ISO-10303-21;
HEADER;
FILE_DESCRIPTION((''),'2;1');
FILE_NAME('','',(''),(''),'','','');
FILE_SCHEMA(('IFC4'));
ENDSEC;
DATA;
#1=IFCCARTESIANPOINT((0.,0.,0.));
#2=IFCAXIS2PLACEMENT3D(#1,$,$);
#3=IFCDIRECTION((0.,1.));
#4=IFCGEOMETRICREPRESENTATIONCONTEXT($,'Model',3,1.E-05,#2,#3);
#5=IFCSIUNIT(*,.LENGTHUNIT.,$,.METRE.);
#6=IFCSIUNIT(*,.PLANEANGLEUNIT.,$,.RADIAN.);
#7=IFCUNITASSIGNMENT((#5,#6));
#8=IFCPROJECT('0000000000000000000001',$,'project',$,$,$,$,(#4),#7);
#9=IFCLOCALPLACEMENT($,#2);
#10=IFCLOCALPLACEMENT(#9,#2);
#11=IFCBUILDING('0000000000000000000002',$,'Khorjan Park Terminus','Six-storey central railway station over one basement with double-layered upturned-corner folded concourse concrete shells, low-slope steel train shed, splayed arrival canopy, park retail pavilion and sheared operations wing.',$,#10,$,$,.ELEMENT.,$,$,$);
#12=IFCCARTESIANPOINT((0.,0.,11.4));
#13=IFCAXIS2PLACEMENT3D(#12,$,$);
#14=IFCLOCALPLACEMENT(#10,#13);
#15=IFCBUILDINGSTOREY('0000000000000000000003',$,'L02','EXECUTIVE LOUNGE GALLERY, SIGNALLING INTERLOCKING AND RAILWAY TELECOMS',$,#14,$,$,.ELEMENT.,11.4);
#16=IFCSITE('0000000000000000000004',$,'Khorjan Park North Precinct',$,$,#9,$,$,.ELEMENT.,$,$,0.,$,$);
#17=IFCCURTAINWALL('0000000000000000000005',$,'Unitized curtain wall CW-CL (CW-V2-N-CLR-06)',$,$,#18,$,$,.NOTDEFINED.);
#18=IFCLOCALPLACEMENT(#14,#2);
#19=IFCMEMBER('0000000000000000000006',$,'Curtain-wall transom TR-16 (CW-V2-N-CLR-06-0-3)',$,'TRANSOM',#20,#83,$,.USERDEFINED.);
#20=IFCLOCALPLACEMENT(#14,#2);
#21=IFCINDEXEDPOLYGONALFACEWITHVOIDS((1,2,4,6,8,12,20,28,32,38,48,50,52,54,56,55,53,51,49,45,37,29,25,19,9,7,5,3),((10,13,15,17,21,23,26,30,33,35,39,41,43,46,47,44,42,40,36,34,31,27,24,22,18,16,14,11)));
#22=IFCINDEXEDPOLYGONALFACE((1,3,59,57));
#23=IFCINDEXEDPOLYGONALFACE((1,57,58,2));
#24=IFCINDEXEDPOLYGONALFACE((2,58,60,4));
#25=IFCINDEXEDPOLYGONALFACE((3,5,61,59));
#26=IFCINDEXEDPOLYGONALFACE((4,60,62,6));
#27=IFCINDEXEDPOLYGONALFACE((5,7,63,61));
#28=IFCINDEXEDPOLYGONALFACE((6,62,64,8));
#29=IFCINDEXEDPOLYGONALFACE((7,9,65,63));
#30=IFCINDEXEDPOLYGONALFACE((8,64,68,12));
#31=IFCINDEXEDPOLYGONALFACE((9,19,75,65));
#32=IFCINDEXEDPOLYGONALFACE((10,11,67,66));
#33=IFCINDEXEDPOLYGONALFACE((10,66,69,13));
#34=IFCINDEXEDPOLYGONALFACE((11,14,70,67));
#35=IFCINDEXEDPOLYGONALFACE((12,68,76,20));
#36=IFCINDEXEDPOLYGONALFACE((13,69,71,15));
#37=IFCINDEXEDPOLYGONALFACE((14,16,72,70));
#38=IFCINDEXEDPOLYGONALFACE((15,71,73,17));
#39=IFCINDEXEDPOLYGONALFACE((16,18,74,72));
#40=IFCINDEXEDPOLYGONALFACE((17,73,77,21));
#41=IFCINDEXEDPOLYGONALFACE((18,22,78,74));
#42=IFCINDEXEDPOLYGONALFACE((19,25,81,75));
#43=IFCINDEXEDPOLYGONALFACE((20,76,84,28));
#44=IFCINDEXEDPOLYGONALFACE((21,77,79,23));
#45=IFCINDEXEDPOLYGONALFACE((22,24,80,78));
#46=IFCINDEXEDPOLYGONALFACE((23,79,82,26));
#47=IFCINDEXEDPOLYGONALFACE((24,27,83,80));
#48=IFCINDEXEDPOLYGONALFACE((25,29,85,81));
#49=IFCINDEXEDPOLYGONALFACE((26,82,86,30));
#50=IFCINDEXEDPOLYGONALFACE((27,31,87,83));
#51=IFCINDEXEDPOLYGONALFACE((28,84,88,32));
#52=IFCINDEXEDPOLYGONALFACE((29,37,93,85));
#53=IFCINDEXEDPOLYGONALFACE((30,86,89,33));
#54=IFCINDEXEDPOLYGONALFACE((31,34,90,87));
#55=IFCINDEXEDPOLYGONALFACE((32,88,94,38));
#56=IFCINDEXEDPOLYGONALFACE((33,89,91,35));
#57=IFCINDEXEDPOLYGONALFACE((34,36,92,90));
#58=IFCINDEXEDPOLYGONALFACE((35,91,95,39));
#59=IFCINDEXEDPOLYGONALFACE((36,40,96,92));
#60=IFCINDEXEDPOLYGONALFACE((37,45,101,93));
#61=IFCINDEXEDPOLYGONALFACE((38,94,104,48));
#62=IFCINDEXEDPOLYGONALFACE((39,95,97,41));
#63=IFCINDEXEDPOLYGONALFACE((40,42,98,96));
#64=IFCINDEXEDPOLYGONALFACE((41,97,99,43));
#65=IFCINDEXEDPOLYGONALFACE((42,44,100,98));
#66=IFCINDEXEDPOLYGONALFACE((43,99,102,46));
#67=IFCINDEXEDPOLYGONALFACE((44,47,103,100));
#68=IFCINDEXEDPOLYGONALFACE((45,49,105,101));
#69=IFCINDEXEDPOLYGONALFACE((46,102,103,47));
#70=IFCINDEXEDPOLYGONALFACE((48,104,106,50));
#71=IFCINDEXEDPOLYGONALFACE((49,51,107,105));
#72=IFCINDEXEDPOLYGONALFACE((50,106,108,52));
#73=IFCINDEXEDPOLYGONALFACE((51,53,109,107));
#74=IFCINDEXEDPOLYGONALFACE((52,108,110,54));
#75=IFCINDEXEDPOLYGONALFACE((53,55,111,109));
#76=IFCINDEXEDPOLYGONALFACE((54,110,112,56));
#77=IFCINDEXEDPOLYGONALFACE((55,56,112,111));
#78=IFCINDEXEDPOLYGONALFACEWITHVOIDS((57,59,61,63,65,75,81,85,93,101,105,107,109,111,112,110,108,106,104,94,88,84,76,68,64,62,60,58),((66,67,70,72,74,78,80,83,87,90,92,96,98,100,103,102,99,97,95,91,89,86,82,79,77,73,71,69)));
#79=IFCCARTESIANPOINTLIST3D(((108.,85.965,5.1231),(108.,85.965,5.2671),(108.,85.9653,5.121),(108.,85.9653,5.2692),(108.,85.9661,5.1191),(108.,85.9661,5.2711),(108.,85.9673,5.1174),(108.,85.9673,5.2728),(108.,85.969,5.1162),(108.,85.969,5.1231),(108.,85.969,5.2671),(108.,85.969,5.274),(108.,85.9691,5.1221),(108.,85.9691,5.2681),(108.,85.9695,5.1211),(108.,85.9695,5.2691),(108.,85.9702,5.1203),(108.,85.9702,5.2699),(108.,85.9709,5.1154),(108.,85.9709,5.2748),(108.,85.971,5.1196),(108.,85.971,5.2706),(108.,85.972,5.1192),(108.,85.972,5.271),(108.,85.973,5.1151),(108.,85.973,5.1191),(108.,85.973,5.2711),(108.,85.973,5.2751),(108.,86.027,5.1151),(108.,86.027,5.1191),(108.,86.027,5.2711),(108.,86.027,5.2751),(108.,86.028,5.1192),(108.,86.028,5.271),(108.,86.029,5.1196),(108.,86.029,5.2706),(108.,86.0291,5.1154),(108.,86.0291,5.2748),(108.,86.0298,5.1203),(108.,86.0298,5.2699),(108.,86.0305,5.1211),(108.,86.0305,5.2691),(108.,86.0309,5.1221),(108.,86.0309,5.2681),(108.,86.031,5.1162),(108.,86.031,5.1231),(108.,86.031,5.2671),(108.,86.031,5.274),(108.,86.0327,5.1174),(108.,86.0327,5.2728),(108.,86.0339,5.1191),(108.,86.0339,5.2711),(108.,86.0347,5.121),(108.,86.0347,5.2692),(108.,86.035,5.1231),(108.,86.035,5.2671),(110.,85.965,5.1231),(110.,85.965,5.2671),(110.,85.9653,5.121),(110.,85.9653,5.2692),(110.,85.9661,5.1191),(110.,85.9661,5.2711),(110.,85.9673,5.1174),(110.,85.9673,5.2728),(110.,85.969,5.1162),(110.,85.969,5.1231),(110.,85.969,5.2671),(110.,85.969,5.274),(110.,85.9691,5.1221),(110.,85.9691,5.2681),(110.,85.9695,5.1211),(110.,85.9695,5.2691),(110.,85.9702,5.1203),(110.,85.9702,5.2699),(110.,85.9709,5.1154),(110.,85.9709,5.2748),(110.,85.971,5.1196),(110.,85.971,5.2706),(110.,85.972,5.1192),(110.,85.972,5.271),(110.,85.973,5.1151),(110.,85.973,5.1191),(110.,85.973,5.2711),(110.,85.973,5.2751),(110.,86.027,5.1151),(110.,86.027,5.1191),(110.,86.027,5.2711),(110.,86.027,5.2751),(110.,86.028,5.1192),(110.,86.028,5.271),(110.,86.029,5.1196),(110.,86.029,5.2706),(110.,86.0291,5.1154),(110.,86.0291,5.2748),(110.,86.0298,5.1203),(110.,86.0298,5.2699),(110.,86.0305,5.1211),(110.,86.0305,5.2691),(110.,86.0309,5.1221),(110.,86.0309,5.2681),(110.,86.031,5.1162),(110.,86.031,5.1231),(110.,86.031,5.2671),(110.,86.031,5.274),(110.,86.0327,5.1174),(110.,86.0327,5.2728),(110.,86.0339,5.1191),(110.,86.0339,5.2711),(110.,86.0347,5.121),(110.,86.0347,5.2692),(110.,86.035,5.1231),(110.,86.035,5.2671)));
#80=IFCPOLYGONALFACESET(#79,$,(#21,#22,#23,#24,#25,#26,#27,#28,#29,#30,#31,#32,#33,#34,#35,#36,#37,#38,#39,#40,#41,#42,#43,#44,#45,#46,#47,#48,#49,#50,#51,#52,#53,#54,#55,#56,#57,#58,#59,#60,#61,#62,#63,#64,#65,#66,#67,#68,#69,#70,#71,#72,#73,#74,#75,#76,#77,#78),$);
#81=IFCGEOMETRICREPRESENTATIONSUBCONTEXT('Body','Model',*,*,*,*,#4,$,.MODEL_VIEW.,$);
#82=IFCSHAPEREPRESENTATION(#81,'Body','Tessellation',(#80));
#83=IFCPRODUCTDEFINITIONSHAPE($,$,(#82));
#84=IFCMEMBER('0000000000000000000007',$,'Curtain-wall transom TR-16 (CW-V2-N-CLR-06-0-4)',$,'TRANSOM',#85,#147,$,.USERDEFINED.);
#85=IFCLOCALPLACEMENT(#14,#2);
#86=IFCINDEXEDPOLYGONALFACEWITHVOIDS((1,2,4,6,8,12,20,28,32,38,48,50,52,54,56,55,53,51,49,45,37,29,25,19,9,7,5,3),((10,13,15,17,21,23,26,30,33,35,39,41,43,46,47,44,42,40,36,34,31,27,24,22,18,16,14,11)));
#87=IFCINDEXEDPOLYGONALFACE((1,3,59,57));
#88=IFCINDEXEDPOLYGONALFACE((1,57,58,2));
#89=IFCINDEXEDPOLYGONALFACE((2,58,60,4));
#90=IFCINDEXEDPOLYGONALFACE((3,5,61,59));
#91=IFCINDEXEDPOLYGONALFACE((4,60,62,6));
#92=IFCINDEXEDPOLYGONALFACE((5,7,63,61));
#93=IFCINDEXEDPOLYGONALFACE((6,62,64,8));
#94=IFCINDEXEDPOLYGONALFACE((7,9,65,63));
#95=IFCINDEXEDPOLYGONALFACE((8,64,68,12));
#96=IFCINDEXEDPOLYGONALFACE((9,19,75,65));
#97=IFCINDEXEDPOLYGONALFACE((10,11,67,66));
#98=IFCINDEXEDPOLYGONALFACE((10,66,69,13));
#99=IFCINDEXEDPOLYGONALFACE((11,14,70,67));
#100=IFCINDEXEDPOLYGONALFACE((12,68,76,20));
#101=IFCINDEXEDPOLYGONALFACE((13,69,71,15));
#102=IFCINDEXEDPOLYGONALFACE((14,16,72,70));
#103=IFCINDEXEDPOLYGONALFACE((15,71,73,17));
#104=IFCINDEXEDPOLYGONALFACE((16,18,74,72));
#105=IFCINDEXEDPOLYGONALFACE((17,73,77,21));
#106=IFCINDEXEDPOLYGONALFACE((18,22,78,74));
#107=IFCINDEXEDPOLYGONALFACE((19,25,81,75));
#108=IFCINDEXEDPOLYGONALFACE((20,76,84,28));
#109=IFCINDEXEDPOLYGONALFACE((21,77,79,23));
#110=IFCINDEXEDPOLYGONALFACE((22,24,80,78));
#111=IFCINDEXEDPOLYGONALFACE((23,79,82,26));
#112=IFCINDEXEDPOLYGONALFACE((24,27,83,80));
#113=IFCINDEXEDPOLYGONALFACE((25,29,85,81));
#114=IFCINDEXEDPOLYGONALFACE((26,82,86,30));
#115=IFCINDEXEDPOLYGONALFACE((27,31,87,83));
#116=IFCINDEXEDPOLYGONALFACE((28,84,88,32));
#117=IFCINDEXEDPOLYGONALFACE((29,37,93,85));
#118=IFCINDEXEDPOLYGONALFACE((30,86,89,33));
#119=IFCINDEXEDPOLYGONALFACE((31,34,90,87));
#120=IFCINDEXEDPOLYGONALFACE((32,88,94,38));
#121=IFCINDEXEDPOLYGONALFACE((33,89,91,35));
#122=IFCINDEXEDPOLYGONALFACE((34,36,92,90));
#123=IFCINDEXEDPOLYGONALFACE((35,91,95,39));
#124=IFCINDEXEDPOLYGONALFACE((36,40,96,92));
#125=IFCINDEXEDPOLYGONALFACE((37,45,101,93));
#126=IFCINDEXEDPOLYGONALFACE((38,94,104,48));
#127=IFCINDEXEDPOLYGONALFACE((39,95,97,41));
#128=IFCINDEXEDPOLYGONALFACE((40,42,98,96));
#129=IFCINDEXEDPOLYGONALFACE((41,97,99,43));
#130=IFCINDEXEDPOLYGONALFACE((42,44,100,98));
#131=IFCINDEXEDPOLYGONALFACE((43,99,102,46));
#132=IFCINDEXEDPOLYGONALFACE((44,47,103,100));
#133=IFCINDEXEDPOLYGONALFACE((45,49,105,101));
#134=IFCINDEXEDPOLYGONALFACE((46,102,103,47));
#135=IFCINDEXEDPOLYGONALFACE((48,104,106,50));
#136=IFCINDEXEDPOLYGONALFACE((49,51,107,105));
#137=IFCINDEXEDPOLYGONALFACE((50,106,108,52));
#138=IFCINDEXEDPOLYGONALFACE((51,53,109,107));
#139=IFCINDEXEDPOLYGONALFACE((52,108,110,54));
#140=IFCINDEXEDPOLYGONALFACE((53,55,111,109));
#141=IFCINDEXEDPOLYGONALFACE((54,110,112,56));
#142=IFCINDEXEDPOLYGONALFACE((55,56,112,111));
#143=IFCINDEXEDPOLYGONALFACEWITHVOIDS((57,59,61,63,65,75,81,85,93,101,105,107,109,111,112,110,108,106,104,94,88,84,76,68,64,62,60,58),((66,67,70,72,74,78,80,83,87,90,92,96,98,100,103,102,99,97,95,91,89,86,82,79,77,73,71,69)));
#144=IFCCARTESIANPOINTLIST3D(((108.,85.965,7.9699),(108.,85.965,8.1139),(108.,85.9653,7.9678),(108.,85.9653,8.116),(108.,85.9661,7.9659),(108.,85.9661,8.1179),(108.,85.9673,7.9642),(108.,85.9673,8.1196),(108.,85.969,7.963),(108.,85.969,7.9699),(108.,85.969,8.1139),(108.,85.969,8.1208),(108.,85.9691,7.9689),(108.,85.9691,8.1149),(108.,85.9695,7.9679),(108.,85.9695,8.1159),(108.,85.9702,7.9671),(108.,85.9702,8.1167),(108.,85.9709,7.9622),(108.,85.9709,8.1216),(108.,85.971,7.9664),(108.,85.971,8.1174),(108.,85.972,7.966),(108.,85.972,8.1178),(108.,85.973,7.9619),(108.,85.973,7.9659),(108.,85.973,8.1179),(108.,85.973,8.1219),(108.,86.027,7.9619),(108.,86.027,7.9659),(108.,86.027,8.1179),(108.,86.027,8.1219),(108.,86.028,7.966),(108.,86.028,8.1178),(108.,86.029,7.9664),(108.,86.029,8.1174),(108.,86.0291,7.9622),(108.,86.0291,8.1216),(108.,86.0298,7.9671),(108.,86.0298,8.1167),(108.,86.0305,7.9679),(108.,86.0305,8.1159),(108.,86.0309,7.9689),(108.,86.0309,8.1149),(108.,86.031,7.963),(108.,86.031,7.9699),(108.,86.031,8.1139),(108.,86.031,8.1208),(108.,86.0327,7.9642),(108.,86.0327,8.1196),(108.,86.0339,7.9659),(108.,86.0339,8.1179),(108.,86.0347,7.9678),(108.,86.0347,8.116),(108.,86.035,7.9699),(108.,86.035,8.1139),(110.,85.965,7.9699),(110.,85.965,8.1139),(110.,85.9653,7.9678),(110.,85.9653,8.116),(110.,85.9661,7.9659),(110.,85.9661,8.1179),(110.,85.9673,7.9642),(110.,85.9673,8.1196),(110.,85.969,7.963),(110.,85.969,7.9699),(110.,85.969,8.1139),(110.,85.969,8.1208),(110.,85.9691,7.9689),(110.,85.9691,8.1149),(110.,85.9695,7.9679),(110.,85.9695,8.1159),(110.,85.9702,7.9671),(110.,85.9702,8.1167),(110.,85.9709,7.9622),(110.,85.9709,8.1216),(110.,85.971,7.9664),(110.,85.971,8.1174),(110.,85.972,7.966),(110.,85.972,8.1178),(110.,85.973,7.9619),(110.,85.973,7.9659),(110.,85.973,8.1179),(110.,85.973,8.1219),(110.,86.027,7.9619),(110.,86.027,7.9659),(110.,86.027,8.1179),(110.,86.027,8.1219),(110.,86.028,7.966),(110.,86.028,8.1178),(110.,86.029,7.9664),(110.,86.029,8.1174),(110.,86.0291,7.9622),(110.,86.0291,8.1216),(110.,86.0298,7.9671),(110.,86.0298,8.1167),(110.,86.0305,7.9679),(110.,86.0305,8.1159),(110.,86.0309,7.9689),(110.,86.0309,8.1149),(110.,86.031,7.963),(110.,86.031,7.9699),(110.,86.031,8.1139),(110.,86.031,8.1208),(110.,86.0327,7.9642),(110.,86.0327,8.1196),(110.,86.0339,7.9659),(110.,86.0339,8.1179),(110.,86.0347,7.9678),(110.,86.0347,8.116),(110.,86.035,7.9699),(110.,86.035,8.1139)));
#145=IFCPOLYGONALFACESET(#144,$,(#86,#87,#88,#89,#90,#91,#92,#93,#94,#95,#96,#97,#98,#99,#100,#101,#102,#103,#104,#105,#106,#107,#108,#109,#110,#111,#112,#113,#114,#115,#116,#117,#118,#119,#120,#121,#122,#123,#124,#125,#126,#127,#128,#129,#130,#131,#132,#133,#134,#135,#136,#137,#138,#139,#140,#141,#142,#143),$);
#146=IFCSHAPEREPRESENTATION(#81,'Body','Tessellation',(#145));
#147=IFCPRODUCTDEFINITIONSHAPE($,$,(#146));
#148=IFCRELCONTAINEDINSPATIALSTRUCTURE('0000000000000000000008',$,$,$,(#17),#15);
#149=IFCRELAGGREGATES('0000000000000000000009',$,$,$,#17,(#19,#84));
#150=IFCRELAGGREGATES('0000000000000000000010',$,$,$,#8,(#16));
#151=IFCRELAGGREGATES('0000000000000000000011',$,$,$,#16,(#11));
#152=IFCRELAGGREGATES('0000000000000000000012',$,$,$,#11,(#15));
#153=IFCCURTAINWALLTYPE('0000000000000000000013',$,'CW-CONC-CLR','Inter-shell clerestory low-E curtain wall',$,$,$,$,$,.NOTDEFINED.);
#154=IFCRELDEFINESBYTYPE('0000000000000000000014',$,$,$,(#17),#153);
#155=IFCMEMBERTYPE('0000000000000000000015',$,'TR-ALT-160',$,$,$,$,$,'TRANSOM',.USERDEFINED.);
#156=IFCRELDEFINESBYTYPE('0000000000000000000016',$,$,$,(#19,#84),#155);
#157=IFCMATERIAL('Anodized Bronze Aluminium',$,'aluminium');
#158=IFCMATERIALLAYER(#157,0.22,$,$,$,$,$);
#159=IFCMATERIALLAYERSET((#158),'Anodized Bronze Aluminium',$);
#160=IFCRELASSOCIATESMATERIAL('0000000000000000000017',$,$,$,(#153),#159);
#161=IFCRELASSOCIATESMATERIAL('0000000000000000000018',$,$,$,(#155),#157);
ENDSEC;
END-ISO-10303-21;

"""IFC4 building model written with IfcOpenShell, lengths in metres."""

from ifc_helpers import new_model, si_unit, direction, frame, origin, origin_2d, place, context, subcontext, project, spatial, hollow_rectangle, extrude, material, layer, layer_set, material_profile, profile_set, type_object, element, aggregate, save


model = new_model("IFC4")

# Units and contexts
model_context = context("Model", 3, precision=1e-05, world=origin(), true_north=direction((0.0, 1.0)))
body_context = subcontext(model_context, "Body", "Model", "MODEL_VIEW")
ifc_project = project(units=[si_unit("LENGTHUNIT", "METRE"), si_unit("PLANEANGLEUNIT", "RADIAN")], contexts=[model_context])

# Site, building, storey
site_placement = place(None, origin())
site = spatial("IfcSite", under=ifc_project, at=site_placement, Name="Khorjan Park North Precinct", CompositionType="ELEMENT", RefElevation=0.0)
building_placement = place(site_placement, origin())
building = spatial("IfcBuilding", under=site, at=building_placement, Name="Khorjan Park Terminus", Description="Six-storey central railway station over one basement with double-layered upturned-corner folded concourse concrete shells, low-slope steel train shed, splayed arrival canopy, park retail pavilion and sheared operations wing.", CompositionType="ELEMENT")
storey_placement = place(building_placement, frame((0.0, 0.0, 11.4)))
storey = spatial("IfcBuildingStorey", under=building, at=storey_placement, Name="L02", Description="EXECUTIVE LOUNGE GALLERY, SIGNALLING INTERLOCKING AND RAILWAY TELECOMS", CompositionType="ELEMENT", Elevation=11.4)

# Curtain wall
ifc_material_1 = material(Name="Anodized Bronze Aluminium", Category="aluminium")
ifc_layer_1 = layer(ifc_material_1, 0.22)
ifc_layer_set_1 = layer_set([ifc_layer_1], Name="Anodized Bronze Aluminium")
curtain_wall_type = type_object("IfcCurtainWallType", Name="CW-CONC-CLR", Description="Inter-shell clerestory low-E curtain wall", PredefinedType="NOTDEFINED", material=ifc_layer_set_1)
curtain_wall_1_placement = place(storey_placement, origin())
curtain_wall_1 = element("IfcCurtainWall", 1, at=curtain_wall_1_placement, inside=storey, type_object=curtain_wall_type, Name="Unitized curtain wall CW-CL (CW-V2-N-CLR-06)", PredefinedType="NOTDEFINED")

# Members
ifc_material_profile_1 = material_profile(ifc_material_1, hollow_rectangle(XDim=0.07, YDim=0.16, WallThickness=0.004, InnerFilletRadius=0.004, OuterFilletRadius=0.008, at=origin_2d()), Name="ALT 70x160x4")
ifc_profile_set_1 = profile_set([ifc_material_profile_1], Name="Anodized Bronze Aluminium")
member_type_1 = type_object("IfcMemberType", Name="TR-ALT-160", ElementType="TRANSOM", PredefinedType="USERDEFINED", material=ifc_profile_set_1)
member_1_placement = place(storey_placement, frame((110.0, 86.0, 5.1951), z_axis=(-1.0, 0.0, 0.0), x_axis=(0.0, -1.0, 0.0)))
member_1 = element("IfcMember", 2, at=member_1_placement, type_object=member_type_1, Name="Curtain-wall transom TR-16 (CW-V2-N-CLR-06-0-3)", ObjectType="TRANSOM", PredefinedType="USERDEFINED", context=body_context, shape_type="SweptSolid", body=[
    extrude(hollow_rectangle(XDim=0.07, YDim=0.16, WallThickness=0.004, InnerFilletRadius=0.004, OuterFilletRadius=0.008, at=origin_2d()), origin(), (0.0, 0.0, 1.0), 2.0),
])
member_2_placement = place(storey_placement, frame((110.0, 86.0, 8.0419), z_axis=(-1.0, 0.0, 0.0), x_axis=(0.0, -1.0, 0.0)))
member_2 = element("IfcMember", 3, at=member_2_placement, type_object=member_type_1, Name="Curtain-wall transom TR-16 (CW-V2-N-CLR-06-0-4)", ObjectType="TRANSOM", PredefinedType="USERDEFINED", context=body_context, shape_type="SweptSolid", body=[
    extrude(hollow_rectangle(XDim=0.07, YDim=0.16, WallThickness=0.004, InnerFilletRadius=0.004, OuterFilletRadius=0.008, at=origin_2d()), origin(), (0.0, 0.0, 1.0), 2.0),
])

aggregate(curtain_wall_1, [member_1, member_2])

save(model, "model.ifc")
